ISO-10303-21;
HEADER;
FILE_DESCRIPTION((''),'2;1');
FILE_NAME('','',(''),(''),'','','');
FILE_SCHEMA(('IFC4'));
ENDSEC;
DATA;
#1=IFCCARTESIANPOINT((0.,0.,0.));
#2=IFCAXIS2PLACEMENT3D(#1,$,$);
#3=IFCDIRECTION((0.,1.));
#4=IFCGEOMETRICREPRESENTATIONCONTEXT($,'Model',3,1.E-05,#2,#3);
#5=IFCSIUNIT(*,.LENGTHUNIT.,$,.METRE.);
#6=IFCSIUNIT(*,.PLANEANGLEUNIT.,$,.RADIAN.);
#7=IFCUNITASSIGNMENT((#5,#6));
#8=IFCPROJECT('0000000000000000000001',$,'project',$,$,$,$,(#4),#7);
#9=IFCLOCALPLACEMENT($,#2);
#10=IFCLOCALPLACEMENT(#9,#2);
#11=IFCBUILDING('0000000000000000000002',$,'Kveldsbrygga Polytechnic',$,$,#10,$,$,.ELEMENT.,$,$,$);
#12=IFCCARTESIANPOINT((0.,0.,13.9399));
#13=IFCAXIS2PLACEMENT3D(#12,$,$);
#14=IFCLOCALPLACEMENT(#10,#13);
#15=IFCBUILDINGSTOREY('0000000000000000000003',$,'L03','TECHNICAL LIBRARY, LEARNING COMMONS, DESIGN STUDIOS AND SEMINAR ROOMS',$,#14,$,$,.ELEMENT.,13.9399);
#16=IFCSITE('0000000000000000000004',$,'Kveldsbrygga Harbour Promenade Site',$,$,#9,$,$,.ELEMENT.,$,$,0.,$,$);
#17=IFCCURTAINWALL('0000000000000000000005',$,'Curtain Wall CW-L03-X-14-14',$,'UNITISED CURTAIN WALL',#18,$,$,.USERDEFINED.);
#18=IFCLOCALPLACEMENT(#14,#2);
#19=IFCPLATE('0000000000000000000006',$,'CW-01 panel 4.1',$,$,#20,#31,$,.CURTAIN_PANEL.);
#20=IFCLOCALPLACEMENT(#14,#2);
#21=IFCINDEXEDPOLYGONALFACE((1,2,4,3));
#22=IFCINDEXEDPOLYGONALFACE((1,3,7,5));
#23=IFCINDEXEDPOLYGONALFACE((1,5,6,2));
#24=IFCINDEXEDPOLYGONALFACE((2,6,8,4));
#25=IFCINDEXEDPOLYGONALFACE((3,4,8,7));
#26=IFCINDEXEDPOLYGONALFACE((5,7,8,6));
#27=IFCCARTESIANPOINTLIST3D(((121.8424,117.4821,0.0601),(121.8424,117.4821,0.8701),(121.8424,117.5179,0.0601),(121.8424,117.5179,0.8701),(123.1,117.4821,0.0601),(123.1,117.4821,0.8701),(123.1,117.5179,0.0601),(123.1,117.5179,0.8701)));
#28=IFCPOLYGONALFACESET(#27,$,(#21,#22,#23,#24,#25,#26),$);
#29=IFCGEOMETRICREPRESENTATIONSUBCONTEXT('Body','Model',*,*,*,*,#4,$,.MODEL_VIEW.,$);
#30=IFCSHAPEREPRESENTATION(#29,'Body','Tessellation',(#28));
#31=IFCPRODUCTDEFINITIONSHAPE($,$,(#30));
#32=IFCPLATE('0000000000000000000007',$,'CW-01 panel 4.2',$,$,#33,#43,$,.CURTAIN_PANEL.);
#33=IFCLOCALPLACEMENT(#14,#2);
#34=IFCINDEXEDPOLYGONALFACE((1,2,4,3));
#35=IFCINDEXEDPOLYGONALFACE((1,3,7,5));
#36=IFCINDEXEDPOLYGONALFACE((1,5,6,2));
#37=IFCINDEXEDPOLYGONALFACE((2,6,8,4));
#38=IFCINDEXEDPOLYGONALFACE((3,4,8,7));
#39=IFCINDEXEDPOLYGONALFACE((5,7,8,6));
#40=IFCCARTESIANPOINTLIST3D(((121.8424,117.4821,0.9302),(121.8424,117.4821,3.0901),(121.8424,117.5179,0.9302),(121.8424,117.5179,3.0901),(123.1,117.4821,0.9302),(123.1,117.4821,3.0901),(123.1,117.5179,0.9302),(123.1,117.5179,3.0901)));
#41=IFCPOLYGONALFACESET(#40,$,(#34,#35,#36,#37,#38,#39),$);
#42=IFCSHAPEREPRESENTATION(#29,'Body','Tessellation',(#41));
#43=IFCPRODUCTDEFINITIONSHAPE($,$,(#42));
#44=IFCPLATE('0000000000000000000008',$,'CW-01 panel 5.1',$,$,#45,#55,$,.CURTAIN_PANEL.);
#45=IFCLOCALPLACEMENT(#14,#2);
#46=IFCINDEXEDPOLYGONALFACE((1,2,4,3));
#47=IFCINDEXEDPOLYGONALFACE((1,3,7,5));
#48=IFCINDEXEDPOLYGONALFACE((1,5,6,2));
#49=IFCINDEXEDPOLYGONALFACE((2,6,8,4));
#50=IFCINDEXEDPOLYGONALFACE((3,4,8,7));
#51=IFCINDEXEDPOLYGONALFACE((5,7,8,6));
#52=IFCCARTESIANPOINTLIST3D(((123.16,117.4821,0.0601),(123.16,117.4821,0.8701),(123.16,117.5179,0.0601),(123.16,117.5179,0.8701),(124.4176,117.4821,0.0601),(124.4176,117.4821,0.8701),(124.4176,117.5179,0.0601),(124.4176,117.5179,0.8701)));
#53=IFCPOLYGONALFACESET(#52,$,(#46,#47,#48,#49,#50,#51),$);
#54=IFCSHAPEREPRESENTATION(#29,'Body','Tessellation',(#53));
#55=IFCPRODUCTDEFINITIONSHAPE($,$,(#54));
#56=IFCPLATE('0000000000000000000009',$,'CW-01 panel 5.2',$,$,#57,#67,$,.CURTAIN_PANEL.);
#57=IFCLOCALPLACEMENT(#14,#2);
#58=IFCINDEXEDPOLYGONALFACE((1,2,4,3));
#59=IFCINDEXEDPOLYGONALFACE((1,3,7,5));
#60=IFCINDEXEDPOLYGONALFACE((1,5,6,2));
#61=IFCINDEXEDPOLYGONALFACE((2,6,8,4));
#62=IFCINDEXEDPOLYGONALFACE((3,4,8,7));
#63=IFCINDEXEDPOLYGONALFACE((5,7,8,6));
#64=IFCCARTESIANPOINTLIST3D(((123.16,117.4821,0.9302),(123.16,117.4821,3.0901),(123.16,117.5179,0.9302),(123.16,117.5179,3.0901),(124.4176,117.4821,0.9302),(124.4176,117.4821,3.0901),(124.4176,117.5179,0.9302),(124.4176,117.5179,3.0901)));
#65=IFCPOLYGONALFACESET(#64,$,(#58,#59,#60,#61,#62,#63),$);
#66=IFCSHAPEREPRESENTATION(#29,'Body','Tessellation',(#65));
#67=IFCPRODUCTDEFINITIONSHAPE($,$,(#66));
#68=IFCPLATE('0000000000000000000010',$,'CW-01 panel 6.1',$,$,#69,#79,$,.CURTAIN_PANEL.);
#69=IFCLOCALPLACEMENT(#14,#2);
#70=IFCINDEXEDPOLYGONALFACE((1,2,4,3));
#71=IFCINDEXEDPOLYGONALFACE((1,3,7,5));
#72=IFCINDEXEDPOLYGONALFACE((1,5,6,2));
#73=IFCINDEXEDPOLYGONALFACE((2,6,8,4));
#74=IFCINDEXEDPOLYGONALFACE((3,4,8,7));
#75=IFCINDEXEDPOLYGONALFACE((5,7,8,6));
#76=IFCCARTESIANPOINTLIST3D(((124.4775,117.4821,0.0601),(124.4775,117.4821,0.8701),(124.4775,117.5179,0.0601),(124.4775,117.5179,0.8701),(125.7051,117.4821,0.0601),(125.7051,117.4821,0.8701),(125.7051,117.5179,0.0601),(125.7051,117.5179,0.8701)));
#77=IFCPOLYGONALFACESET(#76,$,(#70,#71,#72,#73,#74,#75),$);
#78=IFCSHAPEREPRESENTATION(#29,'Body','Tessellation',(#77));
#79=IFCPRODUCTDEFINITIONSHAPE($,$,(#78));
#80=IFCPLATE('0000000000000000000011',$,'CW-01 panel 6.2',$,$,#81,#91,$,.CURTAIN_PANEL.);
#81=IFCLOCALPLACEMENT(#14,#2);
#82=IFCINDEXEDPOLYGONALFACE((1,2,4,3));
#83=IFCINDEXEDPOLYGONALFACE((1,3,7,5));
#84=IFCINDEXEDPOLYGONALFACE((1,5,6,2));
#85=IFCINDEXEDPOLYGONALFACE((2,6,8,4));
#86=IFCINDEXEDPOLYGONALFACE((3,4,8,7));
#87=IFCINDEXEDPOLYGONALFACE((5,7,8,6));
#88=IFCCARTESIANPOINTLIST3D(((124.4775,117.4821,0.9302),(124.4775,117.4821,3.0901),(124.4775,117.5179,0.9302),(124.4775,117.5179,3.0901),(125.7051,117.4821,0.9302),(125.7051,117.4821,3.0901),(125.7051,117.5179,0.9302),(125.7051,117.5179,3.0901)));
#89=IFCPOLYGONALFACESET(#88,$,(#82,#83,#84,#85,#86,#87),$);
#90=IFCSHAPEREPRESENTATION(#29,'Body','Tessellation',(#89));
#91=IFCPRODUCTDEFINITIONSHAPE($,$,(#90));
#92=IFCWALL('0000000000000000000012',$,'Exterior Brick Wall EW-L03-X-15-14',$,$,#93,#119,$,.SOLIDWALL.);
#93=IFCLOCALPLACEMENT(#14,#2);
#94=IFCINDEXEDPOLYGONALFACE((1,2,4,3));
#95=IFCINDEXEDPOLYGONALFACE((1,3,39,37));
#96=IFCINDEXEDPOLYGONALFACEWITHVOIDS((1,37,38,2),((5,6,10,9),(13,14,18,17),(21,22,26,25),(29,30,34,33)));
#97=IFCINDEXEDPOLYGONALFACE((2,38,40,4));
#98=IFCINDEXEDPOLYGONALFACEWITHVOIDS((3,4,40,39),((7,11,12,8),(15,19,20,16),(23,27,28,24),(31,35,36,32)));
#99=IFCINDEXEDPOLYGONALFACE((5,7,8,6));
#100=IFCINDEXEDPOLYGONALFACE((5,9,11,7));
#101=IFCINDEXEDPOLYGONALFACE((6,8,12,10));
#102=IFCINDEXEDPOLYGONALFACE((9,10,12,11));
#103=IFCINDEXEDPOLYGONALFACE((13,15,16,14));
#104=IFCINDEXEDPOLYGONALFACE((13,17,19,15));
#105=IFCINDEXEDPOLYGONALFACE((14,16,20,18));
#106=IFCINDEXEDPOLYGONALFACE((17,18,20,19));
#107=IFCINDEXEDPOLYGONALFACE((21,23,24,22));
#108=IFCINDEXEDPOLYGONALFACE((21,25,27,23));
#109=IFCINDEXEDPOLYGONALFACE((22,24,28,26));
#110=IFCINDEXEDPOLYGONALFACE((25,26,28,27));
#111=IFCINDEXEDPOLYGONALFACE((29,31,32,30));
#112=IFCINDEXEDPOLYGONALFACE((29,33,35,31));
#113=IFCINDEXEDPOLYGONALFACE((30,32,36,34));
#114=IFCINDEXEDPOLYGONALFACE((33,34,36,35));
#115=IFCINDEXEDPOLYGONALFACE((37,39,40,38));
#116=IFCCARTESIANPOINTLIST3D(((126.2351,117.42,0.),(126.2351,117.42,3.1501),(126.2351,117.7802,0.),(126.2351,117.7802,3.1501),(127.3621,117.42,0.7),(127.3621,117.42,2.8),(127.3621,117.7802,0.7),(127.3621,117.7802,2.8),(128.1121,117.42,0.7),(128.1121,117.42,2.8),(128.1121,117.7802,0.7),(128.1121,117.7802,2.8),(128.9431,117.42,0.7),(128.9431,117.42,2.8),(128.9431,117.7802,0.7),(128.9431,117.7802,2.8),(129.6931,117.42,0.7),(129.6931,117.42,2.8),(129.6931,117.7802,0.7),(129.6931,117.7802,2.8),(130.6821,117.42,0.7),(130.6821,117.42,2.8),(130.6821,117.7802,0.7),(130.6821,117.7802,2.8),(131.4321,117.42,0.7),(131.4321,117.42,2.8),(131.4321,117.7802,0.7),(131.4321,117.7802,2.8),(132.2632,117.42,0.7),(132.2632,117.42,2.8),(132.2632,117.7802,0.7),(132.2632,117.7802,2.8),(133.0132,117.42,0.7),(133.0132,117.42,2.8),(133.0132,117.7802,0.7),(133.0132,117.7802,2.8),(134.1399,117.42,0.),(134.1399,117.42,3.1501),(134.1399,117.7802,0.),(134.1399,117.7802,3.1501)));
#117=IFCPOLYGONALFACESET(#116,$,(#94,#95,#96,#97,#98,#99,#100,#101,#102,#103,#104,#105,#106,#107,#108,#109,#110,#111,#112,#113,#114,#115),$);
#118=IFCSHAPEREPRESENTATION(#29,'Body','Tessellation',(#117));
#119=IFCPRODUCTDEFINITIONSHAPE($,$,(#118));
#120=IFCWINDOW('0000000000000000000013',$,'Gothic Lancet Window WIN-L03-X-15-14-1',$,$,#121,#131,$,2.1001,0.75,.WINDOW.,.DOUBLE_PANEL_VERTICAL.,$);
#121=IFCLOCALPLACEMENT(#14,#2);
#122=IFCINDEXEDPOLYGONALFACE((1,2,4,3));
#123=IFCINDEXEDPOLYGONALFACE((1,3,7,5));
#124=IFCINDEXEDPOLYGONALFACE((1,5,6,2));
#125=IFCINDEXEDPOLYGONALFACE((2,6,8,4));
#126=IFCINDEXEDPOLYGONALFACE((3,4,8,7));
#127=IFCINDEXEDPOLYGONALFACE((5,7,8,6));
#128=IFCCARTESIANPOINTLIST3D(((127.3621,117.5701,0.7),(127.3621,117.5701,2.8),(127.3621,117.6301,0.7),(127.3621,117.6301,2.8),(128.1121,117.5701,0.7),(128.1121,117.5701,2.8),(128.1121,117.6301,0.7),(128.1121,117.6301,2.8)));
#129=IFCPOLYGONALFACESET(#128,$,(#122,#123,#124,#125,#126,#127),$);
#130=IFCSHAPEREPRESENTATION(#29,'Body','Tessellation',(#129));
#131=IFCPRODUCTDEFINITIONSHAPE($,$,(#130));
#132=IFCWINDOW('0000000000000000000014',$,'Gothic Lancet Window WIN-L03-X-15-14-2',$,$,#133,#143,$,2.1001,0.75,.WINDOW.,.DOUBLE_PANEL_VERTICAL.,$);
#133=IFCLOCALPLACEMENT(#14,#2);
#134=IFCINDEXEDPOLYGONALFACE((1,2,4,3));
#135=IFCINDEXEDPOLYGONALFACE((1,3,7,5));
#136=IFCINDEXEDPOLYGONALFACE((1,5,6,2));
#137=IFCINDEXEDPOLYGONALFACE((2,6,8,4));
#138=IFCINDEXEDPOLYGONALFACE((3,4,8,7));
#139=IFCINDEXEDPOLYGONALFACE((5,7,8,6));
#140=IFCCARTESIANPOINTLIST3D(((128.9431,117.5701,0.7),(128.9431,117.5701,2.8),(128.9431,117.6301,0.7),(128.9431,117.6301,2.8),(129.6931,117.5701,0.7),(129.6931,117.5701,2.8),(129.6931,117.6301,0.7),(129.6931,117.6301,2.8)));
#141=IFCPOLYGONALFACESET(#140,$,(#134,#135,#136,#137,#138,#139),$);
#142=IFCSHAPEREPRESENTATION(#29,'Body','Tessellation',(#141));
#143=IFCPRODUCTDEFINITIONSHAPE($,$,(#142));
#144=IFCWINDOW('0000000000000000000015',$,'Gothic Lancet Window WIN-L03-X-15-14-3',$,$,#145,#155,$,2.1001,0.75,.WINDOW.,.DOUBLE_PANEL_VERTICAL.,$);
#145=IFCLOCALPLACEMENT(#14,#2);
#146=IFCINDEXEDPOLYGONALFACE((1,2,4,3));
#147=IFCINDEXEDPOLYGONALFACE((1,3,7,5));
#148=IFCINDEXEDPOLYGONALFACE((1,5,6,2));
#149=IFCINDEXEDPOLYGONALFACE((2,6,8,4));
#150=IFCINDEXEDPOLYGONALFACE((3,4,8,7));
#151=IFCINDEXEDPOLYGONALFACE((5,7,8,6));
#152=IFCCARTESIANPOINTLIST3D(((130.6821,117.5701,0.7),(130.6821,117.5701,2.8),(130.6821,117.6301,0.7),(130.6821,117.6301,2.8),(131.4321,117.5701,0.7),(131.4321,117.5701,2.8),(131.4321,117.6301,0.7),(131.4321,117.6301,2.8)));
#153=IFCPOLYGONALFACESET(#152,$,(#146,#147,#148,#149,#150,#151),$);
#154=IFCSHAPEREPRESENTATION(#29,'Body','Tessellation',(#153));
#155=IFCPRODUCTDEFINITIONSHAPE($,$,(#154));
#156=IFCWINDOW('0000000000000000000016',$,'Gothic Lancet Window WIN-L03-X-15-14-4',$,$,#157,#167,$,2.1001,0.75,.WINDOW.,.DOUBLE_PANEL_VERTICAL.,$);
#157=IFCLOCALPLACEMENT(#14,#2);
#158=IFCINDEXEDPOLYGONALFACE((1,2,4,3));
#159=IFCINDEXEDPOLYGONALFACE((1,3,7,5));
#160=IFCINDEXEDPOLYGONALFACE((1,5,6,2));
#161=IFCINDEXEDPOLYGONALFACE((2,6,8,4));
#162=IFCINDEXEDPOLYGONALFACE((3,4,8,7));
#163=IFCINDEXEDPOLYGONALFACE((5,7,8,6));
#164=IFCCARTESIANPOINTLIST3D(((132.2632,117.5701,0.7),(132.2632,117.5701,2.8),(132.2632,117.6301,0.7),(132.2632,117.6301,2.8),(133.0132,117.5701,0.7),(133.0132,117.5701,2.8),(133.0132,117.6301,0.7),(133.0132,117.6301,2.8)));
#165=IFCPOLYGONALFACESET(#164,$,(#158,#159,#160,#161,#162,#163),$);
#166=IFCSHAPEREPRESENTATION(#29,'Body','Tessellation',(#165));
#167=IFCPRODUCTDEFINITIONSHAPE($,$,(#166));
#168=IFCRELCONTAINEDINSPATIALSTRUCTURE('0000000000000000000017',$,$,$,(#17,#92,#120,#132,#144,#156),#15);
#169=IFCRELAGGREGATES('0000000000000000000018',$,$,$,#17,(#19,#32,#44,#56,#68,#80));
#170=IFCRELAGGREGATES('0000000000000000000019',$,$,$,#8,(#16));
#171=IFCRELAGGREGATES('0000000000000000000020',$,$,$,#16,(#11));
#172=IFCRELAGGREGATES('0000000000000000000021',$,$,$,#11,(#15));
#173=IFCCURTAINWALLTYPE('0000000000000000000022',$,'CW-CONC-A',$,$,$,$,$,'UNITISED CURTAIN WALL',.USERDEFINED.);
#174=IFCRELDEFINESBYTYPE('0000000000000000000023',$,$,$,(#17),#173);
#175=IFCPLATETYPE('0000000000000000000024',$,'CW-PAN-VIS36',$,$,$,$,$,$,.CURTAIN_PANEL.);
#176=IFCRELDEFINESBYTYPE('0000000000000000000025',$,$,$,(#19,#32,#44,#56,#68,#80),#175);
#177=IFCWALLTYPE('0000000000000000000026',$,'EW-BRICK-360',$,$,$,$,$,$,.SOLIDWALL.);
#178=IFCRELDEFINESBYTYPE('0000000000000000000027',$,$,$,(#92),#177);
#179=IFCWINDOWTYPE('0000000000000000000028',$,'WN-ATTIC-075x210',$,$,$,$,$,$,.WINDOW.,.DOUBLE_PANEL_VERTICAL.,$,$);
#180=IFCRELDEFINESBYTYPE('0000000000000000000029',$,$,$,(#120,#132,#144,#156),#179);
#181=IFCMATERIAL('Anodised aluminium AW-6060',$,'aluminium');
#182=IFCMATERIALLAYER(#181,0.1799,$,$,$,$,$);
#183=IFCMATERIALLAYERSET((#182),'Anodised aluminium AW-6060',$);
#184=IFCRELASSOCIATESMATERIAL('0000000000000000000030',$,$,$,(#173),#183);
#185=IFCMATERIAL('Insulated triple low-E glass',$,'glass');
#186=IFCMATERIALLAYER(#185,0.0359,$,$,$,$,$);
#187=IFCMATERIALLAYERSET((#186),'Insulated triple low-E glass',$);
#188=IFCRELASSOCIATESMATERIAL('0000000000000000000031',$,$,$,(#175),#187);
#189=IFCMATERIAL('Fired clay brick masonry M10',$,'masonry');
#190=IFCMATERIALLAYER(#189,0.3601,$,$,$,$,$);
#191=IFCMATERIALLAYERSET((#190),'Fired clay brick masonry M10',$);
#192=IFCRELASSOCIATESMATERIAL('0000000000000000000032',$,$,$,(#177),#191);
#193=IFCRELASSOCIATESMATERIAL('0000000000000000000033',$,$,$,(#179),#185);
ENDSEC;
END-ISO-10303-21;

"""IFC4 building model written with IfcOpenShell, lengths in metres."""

from ifc_helpers import new_model, si_unit, direction, frame, frame_2d, origin, origin_2d, place, context, subcontext, project, spatial, rectangle, extrude, material, layer, layer_set, type_object, element, fill, aggregate, save


model = new_model("IFC4")

# Units and contexts
model_context = context("Model", 3, precision=1e-05, world=origin(), true_north=direction((0.0, 1.0)))
body_context = subcontext(model_context, "Body", "Model", "MODEL_VIEW")
ifc_project = project(units=[si_unit("LENGTHUNIT", "METRE"), si_unit("PLANEANGLEUNIT", "RADIAN")], contexts=[model_context])

# Site, building, storey
site_placement = place(None, origin())
site = spatial("IfcSite", under=ifc_project, at=site_placement, Name="Kveldsbrygga Harbour Promenade Site", CompositionType="ELEMENT", RefElevation=0.0)
building_placement = place(site_placement, origin())
building = spatial("IfcBuilding", under=site, at=building_placement, Name="Kveldsbrygga Polytechnic", CompositionType="ELEMENT")
storey_placement = place(building_placement, frame((0.0, 0.0, 13.9399)))
storey = spatial("IfcBuildingStorey", under=building, at=storey_placement, Name="L03", Description="TECHNICAL LIBRARY, LEARNING COMMONS, DESIGN STUDIOS AND SEMINAR ROOMS", CompositionType="ELEMENT", Elevation=13.9399)

# Curtain wall, plates
ifc_material_1 = material(Name="Anodised aluminium AW-6060", Category="aluminium")
ifc_layer_1 = layer(ifc_material_1, 0.1799)
ifc_layer_set_1 = layer_set([ifc_layer_1], Name="Anodised aluminium AW-6060")
curtain_wall_type = type_object("IfcCurtainWallType", Name="CW-CONC-A", ElementType="UNITISED CURTAIN WALL", PredefinedType="USERDEFINED", material=ifc_layer_set_1)
curtain_wall_placement = place(storey_placement, origin())
curtain_wall = element("IfcCurtainWall", 1, at=curtain_wall_placement, inside=storey, type_object=curtain_wall_type, Name="Curtain Wall CW-L03-X-14-14", ObjectType="UNITISED CURTAIN WALL", PredefinedType="USERDEFINED")
ifc_material_2 = material(Name="Insulated triple low-E glass", Category="glass")
ifc_layer_2 = layer(ifc_material_2, 0.0359)
ifc_layer_set_2 = layer_set([ifc_layer_2], Name="Insulated triple low-E glass")
plate_type = type_object("IfcPlateType", Name="CW-PAN-VIS36", PredefinedType="CURTAIN_PANEL", material=ifc_layer_set_2)
plate_1_placement = place(storey_placement, frame((122.4712, 117.5, 0.0601), z_axis=(0.0, 0.0, 1.0), x_axis=(1.0, 0.0, 0.0)))
plate_1 = element("IfcPlate", 2, at=plate_1_placement, type_object=plate_type, Name="CW-01 panel 4.1", PredefinedType="CURTAIN_PANEL", context=body_context, shape_type="SweptSolid", body=[
    extrude(rectangle(XDim=1.2576, YDim=0.0359, at=origin_2d()), origin(), (0.0, 0.0, 1.0), 0.8101),
])
plate_2_placement = place(storey_placement, frame((122.4712, 117.5, 0.9302), z_axis=(0.0, 0.0, 1.0), x_axis=(1.0, 0.0, 0.0)))
plate_2 = element("IfcPlate", 3, at=plate_2_placement, type_object=plate_type, Name="CW-01 panel 4.2", PredefinedType="CURTAIN_PANEL", context=body_context, shape_type="SweptSolid", body=[
    extrude(rectangle(XDim=1.2576, YDim=0.0359, at=origin_2d()), origin(), (0.0, 0.0, 1.0), 2.1599),
])
plate_3_placement = place(storey_placement, frame((123.7888, 117.5, 0.0601), z_axis=(0.0, 0.0, 1.0), x_axis=(1.0, 0.0, 0.0)))
plate_3 = element("IfcPlate", 4, at=plate_3_placement, type_object=plate_type, Name="CW-01 panel 5.1", PredefinedType="CURTAIN_PANEL", context=body_context, shape_type="SweptSolid", body=[
    extrude(rectangle(XDim=1.2576, YDim=0.0359, at=origin_2d()), origin(), (0.0, 0.0, 1.0), 0.8101),
])
plate_4_placement = place(storey_placement, frame((123.7888, 117.5, 0.9302), z_axis=(0.0, 0.0, 1.0), x_axis=(1.0, 0.0, 0.0)))
plate_4 = element("IfcPlate", 5, at=plate_4_placement, type_object=plate_type, Name="CW-01 panel 5.2", PredefinedType="CURTAIN_PANEL", context=body_context, shape_type="SweptSolid", body=[
    extrude(rectangle(XDim=1.2576, YDim=0.0359, at=origin_2d()), origin(), (0.0, 0.0, 1.0), 2.1599),
])
plate_5_placement = place(storey_placement, frame((125.0913, 117.5, 0.0601), z_axis=(0.0, 0.0, 1.0), x_axis=(1.0, 0.0, 0.0)))
plate_5 = element("IfcPlate", 6, at=plate_5_placement, type_object=plate_type, Name="CW-01 panel 6.1", PredefinedType="CURTAIN_PANEL", context=body_context, shape_type="SweptSolid", body=[
    extrude(rectangle(XDim=1.2275, YDim=0.0359, at=origin_2d()), origin(), (0.0, 0.0, 1.0), 0.8101),
])
plate_6_placement = place(storey_placement, frame((125.0913, 117.5, 0.9302), z_axis=(0.0, 0.0, 1.0), x_axis=(1.0, 0.0, 0.0)))
plate_6 = element("IfcPlate", 7, at=plate_6_placement, type_object=plate_type, Name="CW-01 panel 6.2", PredefinedType="CURTAIN_PANEL", context=body_context, shape_type="SweptSolid", body=[
    extrude(rectangle(XDim=1.2275, YDim=0.0359, at=origin_2d()), origin(), (0.0, 0.0, 1.0), 2.1599),
])
aggregate(curtain_wall, [plate_1, plate_2, plate_3, plate_4, plate_5, plate_6])

# Wall, openings, windows
ifc_material_3 = material(Name="Fired clay brick masonry M10", Category="masonry")
ifc_layer_3 = layer(ifc_material_3, 0.3601)
ifc_layer_set_3 = layer_set([ifc_layer_3], Name="Fired clay brick masonry M10")
wall_type = type_object("IfcWallType", Name="EW-BRICK-360", PredefinedType="SOLIDWALL", material=ifc_layer_set_3)
wall_placement = place(storey_placement, frame((126.2351, 117.6001, 0.0), z_axis=(0.0, 0.0, 1.0), x_axis=(1.0, 0.0, 0.0)))
wall = element("IfcWall", 8, at=wall_placement, inside=storey, type_object=wall_type, Name="Exterior Brick Wall EW-L03-X-15-14", PredefinedType="SOLIDWALL", context=body_context, shape_type="SweptSolid", body=[
    extrude(rectangle(XDim=7.9048, YDim=0.3601, at=frame_2d((3.9524, 0.0))), origin(), (0.0, 0.0, 1.0), 3.1501),
])
opening_1_placement = place(wall_placement, frame((1.127, 0.0, 0.7)))
opening_1 = element("IfcOpeningElement", 9, at=opening_1_placement, cuts=wall, PredefinedType="OPENING", context=body_context, shape_type="SweptSolid", body=[
    extrude(rectangle(XDim=0.75, YDim=2.1001, at=frame_2d((0.375, 1.05))), frame((0.0, 0.1899, 0.0), z_axis=(0.0, -1.0, 0.0), x_axis=(1.0, 0.0, 0.0)), (0.0, 0.0, 1.0), 0.3801),
])
opening_2_placement = place(wall_placement, frame((2.708, 0.0, 0.7)))
opening_2 = element("IfcOpeningElement", 10, at=opening_2_placement, cuts=wall, PredefinedType="OPENING", context=body_context, shape_type="SweptSolid", body=[
    extrude(rectangle(XDim=0.75, YDim=2.1001, at=frame_2d((0.375, 1.05))), frame((0.0, 0.1899, 0.0), z_axis=(0.0, -1.0, 0.0), x_axis=(1.0, 0.0, 0.0)), (0.0, 0.0, 1.0), 0.3801),
])
opening_3_placement = place(wall_placement, frame((4.447, 0.0, 0.7)))
opening_3 = element("IfcOpeningElement", 11, at=opening_3_placement, cuts=wall, PredefinedType="OPENING", context=body_context, shape_type="SweptSolid", body=[
    extrude(rectangle(XDim=0.75, YDim=2.1001, at=frame_2d((0.375, 1.05))), frame((0.0, 0.1899, 0.0), z_axis=(0.0, -1.0, 0.0), x_axis=(1.0, 0.0, 0.0)), (0.0, 0.0, 1.0), 0.3801),
])
opening_4_placement = place(wall_placement, frame((6.0281, 0.0, 0.7)))
opening_4 = element("IfcOpeningElement", 12, at=opening_4_placement, cuts=wall, PredefinedType="OPENING", context=body_context, shape_type="SweptSolid", body=[
    extrude(rectangle(XDim=0.75, YDim=2.1001, at=frame_2d((0.375, 1.05))), frame((0.0, 0.1899, 0.0), z_axis=(0.0, -1.0, 0.0), x_axis=(1.0, 0.0, 0.0)), (0.0, 0.0, 1.0), 0.3801),
])
window_type = type_object("IfcWindowType", Name="WN-ATTIC-075x210", PartitioningType="DOUBLE_PANEL_VERTICAL", PredefinedType="WINDOW", material=ifc_material_2)
window_1_placement = place(opening_1_placement, origin())
window_1 = element("IfcWindow", 13, at=window_1_placement, inside=storey, type_object=window_type, Name="Gothic Lancet Window WIN-L03-X-15-14-1", OverallHeight=2.1001, OverallWidth=0.75, PartitioningType="DOUBLE_PANEL_VERTICAL", PredefinedType="WINDOW", context=body_context, shape_type="SweptSolid", body=[
    extrude(rectangle(XDim=0.75, YDim=2.1001, at=frame_2d((0.375, 1.05))), frame((0.0, 0.03, 0.0), z_axis=(0.0, -1.0, 0.0), x_axis=(1.0, 0.0, 0.0)), (0.0, 0.0, 1.0), 0.0601),
])
fill(opening_1, window_1)
window_2_placement = place(opening_2_placement, origin())
window_2 = element("IfcWindow", 14, at=window_2_placement, inside=storey, type_object=window_type, Name="Gothic Lancet Window WIN-L03-X-15-14-2", OverallHeight=2.1001, OverallWidth=0.75, PartitioningType="DOUBLE_PANEL_VERTICAL", PredefinedType="WINDOW", context=body_context, shape_type="SweptSolid", body=[
    extrude(rectangle(XDim=0.75, YDim=2.1001, at=frame_2d((0.375, 1.05))), frame((0.0, 0.03, 0.0), z_axis=(0.0, -1.0, 0.0), x_axis=(1.0, 0.0, 0.0)), (0.0, 0.0, 1.0), 0.0601),
])
fill(opening_2, window_2)
window_3_placement = place(opening_3_placement, origin())
window_3 = element("IfcWindow", 15, at=window_3_placement, inside=storey, type_object=window_type, Name="Gothic Lancet Window WIN-L03-X-15-14-3", OverallHeight=2.1001, OverallWidth=0.75, PartitioningType="DOUBLE_PANEL_VERTICAL", PredefinedType="WINDOW", context=body_context, shape_type="SweptSolid", body=[
    extrude(rectangle(XDim=0.75, YDim=2.1001, at=frame_2d((0.375, 1.05))), frame((0.0, 0.03, 0.0), z_axis=(0.0, -1.0, 0.0), x_axis=(1.0, 0.0, 0.0)), (0.0, 0.0, 1.0), 0.0601),
])
fill(opening_3, window_3)
window_4_placement = place(opening_4_placement, origin())
window_4 = element("IfcWindow", 16, at=window_4_placement, inside=storey, type_object=window_type, Name="Gothic Lancet Window WIN-L03-X-15-14-4", OverallHeight=2.1001, OverallWidth=0.75, PartitioningType="DOUBLE_PANEL_VERTICAL", PredefinedType="WINDOW", context=body_context, shape_type="SweptSolid", body=[
    extrude(rectangle(XDim=0.75, YDim=2.1001, at=frame_2d((0.375, 1.05))), frame((0.0, 0.03, 0.0), z_axis=(0.0, -1.0, 0.0), x_axis=(1.0, 0.0, 0.0)), (0.0, 0.0, 1.0), 0.0601),
])
fill(opening_4, window_4)

save(model, "model.ifc")
